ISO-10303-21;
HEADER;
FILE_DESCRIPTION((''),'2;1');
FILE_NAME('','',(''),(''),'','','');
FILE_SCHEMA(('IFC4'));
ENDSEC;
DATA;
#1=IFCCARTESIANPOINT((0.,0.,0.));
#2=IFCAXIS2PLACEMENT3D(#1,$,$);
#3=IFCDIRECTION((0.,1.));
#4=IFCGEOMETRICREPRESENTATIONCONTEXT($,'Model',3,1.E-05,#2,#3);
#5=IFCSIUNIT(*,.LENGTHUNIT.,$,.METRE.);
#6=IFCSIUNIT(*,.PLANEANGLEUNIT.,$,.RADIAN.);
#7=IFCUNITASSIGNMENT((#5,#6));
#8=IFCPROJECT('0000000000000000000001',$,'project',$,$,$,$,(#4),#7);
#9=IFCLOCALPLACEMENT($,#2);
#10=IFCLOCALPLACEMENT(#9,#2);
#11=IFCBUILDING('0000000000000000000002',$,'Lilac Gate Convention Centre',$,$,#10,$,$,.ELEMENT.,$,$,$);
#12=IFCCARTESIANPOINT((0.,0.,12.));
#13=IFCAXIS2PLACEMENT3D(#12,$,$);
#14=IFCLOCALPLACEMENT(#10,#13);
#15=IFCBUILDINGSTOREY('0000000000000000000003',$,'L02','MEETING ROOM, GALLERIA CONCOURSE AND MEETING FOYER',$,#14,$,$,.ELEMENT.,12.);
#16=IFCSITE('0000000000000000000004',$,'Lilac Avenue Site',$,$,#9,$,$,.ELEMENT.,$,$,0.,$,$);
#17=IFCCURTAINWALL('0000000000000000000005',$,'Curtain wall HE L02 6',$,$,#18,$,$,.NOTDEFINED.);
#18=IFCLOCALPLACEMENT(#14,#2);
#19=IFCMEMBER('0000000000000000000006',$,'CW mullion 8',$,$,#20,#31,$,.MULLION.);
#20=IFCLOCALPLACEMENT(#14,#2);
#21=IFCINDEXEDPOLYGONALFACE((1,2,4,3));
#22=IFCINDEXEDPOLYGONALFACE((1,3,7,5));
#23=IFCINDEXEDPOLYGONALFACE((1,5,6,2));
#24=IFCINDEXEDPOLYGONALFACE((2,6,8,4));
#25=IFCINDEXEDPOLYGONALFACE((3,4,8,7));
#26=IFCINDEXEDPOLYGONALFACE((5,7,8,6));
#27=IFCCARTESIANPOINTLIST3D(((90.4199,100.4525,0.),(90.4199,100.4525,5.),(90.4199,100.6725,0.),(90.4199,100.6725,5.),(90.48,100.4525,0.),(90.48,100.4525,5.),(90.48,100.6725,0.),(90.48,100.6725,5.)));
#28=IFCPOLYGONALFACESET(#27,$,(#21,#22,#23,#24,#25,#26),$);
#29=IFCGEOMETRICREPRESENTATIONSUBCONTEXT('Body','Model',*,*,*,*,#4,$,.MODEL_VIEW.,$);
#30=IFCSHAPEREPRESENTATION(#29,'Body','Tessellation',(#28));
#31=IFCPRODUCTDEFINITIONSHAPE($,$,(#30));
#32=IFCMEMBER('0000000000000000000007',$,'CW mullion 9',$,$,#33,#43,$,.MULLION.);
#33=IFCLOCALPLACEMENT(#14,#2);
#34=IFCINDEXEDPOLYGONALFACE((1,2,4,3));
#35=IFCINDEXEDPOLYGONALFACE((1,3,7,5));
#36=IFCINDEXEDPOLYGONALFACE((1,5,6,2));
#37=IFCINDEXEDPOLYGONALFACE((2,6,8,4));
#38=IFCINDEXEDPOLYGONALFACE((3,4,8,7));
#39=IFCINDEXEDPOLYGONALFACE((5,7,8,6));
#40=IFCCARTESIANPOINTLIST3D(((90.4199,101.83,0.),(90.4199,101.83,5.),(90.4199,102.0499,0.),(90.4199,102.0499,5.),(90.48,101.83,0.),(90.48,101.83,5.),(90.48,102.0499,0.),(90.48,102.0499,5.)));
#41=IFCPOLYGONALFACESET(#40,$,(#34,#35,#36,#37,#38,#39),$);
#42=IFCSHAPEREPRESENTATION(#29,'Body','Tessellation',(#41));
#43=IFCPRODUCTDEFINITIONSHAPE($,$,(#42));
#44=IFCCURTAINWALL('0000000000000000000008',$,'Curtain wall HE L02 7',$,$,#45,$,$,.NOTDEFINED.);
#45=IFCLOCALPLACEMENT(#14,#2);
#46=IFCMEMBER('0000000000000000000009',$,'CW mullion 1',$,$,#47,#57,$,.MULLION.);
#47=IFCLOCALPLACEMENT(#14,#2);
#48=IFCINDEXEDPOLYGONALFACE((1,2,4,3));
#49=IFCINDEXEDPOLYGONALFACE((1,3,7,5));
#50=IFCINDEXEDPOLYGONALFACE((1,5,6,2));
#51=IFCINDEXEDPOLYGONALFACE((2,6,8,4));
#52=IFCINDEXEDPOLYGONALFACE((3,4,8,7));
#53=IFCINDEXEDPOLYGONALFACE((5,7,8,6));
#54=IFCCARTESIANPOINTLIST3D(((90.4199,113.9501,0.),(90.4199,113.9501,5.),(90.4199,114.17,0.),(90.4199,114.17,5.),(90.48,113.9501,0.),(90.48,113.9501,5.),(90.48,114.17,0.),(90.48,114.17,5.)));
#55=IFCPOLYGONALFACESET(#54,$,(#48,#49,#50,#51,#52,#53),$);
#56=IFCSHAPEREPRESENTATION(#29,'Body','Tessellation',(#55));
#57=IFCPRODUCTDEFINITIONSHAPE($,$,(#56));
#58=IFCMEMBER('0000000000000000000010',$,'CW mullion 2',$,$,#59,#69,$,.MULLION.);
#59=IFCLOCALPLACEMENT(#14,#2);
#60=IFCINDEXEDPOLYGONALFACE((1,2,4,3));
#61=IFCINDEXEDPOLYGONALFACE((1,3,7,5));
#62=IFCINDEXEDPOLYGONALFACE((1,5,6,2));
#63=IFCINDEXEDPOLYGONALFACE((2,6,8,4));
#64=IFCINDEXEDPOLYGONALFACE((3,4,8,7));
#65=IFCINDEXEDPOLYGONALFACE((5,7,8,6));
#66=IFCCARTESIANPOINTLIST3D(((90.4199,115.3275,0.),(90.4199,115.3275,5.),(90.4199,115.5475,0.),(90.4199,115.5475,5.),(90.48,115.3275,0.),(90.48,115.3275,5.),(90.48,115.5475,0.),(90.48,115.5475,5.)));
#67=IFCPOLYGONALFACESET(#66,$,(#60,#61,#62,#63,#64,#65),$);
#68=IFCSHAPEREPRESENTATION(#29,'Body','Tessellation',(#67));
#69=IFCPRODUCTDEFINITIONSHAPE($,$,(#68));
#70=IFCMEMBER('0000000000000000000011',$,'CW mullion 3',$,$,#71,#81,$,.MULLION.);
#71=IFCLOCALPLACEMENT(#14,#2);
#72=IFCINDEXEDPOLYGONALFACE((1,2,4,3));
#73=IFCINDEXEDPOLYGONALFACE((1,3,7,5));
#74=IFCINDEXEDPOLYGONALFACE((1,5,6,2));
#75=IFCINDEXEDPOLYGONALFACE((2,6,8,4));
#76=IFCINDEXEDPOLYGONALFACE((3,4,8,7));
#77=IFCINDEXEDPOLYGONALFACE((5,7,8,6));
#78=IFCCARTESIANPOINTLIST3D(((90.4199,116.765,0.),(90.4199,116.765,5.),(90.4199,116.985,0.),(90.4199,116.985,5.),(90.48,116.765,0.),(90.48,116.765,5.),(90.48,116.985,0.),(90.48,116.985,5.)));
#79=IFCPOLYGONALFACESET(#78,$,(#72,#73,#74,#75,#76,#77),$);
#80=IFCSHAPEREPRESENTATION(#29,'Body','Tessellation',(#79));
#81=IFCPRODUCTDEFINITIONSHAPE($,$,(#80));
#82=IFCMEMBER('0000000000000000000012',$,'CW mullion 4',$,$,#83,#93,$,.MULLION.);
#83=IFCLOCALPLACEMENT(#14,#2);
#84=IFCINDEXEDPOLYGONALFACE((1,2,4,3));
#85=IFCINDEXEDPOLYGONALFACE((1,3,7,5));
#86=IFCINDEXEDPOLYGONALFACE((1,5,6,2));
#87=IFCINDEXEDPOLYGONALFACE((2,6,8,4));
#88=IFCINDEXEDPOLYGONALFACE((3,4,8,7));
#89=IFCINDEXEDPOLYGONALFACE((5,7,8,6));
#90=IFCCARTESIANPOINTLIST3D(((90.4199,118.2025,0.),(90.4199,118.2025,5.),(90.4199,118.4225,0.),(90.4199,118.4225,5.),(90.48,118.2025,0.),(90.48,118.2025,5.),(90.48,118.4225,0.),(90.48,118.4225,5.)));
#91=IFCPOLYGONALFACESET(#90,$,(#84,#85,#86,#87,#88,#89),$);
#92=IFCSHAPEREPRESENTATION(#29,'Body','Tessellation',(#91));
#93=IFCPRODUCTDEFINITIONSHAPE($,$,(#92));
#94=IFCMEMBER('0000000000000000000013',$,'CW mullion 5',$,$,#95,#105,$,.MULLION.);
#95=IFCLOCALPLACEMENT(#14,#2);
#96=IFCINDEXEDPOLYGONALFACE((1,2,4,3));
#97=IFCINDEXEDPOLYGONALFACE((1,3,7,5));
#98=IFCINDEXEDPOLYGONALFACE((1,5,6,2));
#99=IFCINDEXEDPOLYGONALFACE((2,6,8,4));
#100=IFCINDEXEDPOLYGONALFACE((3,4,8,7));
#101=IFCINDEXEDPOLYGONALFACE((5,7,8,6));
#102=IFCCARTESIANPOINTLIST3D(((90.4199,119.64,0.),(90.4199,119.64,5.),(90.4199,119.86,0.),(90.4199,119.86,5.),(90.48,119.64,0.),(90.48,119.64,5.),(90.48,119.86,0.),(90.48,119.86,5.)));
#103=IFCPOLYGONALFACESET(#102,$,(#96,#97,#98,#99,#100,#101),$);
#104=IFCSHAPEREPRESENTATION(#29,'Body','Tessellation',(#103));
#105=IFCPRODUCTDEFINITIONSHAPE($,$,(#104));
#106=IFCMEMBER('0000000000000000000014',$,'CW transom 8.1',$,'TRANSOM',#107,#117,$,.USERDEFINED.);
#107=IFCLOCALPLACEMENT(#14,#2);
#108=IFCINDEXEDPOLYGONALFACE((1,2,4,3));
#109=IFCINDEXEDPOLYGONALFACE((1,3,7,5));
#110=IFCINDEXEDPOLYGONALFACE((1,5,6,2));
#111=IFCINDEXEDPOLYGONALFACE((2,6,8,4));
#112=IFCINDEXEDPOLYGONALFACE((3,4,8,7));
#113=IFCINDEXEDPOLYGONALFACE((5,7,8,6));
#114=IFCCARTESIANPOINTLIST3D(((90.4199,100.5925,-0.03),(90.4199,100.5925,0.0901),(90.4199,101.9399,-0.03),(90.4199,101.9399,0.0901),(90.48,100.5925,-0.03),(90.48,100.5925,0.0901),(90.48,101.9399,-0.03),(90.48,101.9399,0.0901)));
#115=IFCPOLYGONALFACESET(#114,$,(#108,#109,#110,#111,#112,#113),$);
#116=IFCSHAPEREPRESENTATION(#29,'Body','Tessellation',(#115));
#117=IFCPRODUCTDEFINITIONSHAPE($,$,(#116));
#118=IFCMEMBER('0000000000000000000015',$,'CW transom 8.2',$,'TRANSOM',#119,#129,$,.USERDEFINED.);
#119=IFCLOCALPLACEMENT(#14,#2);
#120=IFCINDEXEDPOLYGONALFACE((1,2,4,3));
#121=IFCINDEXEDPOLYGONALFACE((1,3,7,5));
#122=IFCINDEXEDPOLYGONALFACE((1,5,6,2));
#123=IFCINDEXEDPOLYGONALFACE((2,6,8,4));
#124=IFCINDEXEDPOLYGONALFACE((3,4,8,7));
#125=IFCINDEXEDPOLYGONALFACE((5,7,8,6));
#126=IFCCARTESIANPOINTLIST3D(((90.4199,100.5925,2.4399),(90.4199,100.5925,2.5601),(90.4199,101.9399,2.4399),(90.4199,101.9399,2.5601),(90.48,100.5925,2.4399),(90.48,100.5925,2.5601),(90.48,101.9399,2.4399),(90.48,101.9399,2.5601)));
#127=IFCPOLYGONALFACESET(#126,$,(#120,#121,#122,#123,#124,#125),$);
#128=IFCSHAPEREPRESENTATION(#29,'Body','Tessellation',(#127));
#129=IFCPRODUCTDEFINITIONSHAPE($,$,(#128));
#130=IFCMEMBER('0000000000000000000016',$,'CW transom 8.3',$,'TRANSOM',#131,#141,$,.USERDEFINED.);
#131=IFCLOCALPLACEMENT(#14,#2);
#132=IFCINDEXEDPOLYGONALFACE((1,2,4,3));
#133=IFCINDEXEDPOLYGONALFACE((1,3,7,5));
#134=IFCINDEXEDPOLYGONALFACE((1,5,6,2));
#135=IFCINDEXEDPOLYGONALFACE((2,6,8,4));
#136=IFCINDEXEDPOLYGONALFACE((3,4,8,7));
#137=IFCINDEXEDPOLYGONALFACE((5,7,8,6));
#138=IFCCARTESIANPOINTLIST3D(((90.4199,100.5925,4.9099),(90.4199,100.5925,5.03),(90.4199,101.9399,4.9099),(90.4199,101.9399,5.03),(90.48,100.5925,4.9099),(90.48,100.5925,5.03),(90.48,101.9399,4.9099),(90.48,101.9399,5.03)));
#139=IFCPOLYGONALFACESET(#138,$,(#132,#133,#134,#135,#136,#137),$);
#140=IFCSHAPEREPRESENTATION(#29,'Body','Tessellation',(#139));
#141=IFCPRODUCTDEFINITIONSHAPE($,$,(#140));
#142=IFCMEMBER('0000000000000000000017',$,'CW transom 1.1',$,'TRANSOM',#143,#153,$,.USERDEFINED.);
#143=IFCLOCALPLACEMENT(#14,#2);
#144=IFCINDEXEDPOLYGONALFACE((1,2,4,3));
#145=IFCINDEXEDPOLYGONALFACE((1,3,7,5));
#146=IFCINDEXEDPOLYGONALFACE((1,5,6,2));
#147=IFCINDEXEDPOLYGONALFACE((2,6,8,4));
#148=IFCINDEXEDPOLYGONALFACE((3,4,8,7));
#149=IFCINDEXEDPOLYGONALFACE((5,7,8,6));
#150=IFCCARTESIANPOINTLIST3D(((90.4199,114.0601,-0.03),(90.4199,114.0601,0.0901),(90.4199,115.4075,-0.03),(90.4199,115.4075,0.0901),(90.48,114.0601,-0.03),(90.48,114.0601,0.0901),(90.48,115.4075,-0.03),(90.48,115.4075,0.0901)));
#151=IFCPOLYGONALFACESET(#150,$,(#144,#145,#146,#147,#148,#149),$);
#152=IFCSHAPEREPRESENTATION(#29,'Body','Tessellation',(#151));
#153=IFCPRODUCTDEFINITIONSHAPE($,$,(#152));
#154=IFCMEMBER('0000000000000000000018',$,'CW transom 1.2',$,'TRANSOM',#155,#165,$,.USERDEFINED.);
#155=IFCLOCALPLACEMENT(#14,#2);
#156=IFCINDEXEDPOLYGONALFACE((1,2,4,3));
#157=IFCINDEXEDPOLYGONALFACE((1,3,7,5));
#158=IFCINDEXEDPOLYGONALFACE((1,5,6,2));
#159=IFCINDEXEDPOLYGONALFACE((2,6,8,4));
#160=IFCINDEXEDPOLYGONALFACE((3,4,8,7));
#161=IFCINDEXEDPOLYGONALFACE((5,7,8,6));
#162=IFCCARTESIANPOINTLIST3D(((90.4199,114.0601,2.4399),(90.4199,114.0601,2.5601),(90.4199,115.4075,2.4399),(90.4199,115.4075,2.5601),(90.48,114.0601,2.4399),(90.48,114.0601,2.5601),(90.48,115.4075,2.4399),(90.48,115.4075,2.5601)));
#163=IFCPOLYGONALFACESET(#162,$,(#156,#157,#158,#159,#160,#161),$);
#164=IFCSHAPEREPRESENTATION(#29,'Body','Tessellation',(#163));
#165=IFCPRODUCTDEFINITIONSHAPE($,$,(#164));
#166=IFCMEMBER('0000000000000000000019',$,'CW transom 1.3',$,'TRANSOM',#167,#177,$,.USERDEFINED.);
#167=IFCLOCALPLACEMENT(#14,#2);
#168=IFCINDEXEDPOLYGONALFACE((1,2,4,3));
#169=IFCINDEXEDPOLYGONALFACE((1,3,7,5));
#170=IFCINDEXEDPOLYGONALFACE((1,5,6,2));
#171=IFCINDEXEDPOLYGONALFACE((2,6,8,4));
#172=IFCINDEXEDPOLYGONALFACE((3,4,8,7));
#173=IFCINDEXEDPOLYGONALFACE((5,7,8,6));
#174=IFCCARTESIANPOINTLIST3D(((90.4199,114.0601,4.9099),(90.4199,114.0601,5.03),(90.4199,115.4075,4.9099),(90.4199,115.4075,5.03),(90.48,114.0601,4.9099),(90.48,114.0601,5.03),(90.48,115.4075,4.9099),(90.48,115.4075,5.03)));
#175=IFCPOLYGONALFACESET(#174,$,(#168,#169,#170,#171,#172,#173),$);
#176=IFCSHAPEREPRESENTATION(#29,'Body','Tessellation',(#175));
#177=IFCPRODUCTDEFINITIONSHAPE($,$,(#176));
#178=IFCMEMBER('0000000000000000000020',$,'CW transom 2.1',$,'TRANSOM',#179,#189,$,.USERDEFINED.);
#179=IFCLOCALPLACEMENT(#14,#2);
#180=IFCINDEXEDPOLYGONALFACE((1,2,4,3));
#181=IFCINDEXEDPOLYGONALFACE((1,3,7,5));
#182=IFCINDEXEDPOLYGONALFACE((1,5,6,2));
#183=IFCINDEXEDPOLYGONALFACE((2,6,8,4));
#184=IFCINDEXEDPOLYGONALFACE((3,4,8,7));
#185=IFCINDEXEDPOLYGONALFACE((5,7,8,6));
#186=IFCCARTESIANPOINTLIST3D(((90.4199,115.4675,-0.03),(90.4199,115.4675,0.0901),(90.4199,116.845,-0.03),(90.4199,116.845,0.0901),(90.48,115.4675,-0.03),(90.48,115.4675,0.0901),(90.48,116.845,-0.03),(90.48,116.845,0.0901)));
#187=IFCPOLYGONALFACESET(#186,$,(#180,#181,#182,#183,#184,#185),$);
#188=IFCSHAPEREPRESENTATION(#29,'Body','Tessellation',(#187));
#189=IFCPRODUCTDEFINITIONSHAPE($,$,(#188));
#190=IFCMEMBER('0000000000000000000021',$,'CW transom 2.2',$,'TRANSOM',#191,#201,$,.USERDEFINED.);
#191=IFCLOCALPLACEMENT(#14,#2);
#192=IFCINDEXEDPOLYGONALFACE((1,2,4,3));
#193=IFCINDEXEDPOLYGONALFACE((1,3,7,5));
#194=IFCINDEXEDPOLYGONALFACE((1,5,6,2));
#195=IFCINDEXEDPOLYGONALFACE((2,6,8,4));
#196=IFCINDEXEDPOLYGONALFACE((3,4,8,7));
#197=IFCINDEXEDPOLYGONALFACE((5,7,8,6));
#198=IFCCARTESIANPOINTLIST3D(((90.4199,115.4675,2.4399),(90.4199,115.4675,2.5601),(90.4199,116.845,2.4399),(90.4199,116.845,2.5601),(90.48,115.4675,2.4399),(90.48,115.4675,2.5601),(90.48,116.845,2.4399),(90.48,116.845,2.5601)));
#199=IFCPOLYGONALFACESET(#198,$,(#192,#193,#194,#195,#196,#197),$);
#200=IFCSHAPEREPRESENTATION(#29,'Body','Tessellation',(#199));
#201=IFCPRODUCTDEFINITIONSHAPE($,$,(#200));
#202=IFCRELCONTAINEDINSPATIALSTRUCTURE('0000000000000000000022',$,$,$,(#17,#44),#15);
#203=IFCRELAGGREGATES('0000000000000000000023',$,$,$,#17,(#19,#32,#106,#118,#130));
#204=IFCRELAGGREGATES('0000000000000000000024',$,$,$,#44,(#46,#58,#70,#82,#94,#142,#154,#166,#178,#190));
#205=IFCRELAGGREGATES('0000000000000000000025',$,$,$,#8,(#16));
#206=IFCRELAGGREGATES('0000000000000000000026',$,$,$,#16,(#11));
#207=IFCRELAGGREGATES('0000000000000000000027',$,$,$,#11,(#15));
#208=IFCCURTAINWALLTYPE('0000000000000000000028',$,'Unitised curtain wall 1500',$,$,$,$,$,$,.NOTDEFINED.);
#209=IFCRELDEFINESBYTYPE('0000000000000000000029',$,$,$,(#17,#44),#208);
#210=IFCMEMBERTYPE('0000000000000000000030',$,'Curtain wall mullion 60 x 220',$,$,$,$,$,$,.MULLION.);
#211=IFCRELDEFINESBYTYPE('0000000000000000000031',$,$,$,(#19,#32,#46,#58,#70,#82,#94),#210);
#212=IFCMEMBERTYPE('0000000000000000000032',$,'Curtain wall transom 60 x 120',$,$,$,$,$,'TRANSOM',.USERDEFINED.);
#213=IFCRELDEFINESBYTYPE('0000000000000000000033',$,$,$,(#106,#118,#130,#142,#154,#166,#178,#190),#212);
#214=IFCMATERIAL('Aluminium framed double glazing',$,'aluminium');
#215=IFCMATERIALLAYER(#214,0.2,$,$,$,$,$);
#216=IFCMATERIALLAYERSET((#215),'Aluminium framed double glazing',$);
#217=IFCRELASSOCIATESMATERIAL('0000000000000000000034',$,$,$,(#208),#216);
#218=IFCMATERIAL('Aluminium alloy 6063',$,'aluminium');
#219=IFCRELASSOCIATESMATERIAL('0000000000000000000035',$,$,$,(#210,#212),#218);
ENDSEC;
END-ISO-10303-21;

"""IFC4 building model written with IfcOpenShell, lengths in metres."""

from ifc_helpers import new_model, si_unit, direction, frame, origin, origin_2d, place, context, subcontext, project, spatial, rectangle, extrude, material, layer, layer_set, material_profile, profile_set, type_object, element, aggregate, save


model = new_model("IFC4")

# Units and contexts
model_context = context("Model", 3, precision=1e-05, world=origin(), true_north=direction((0.0, 1.0)))
body_context = subcontext(model_context, "Body", "Model", "MODEL_VIEW")
ifc_project = project(units=[si_unit("LENGTHUNIT", "METRE"), si_unit("PLANEANGLEUNIT", "RADIAN")], contexts=[model_context])

# Site, building, storey
site_placement = place(None, origin())
site = spatial("IfcSite", under=ifc_project, at=site_placement, Name="Lilac Avenue Site", CompositionType="ELEMENT", RefElevation=0.0)
building_placement = place(site_placement, origin())
building = spatial("IfcBuilding", under=site, at=building_placement, Name="Lilac Gate Convention Centre", CompositionType="ELEMENT")
storey_placement = place(building_placement, frame((0.0, 0.0, 12.0)))
storey = spatial("IfcBuildingStorey", under=building, at=storey_placement, Name="L02", Description="MEETING ROOM, GALLERIA CONCOURSE AND MEETING FOYER", CompositionType="ELEMENT", Elevation=12.0)

# Curtain walls, members
ifc_material_1 = material(Name="Aluminium framed double glazing", Category="aluminium")
ifc_layer_1 = layer(ifc_material_1, 0.2)
ifc_layer_set_1 = layer_set([ifc_layer_1], Name="Aluminium framed double glazing")
curtain_wall_type = type_object("IfcCurtainWallType", Name="Unitised curtain wall 1500", PredefinedType="NOTDEFINED", material=ifc_layer_set_1)
curtain_wall_1_placement = place(storey_placement, origin())
curtain_wall_1 = element("IfcCurtainWall", 1, at=curtain_wall_1_placement, inside=storey, type_object=curtain_wall_type, Name="Curtain wall HE L02 6", PredefinedType="NOTDEFINED")
ifc_material_2 = material(Name="Aluminium alloy 6063", Category="aluminium")
ifc_material_profile_1 = material_profile(ifc_material_2, rectangle(XDim=0.0601, YDim=0.22, at=origin_2d()), Name="Curtain wall mullion 60 x 220")
ifc_profile_set_1 = profile_set([ifc_material_profile_1], Name="Aluminium alloy 6063")
member_type_1 = type_object("IfcMemberType", Name="Curtain wall mullion 60 x 220", PredefinedType="MULLION", material=ifc_profile_set_1)
member_1_placement = place(storey_placement, frame((90.45, 100.5625, 0.0), z_axis=(0.0, 0.0, 1.0), x_axis=(-1.0, 0.0, 0.0)))
member_1 = element("IfcMember", 2, at=member_1_placement, type_object=member_type_1, Name="CW mullion 8", PredefinedType="MULLION", context=body_context, shape_type="SweptSolid", body=[
    extrude(rectangle(XDim=0.0601, YDim=0.22, at=origin_2d()), origin(), (0.0, 0.0, 1.0), 5.0),
])
member_2_placement = place(storey_placement, frame((90.45, 101.9399, 0.0), z_axis=(0.0, 0.0, 1.0), x_axis=(-1.0, 0.0, 0.0)))
member_2 = element("IfcMember", 3, at=member_2_placement, type_object=member_type_1, Name="CW mullion 9", PredefinedType="MULLION", context=body_context, shape_type="SweptSolid", body=[
    extrude(rectangle(XDim=0.0601, YDim=0.22, at=origin_2d()), origin(), (0.0, 0.0, 1.0), 5.0),
])
curtain_wall_2_placement = place(storey_placement, origin())
curtain_wall_2 = element("IfcCurtainWall", 4, at=curtain_wall_2_placement, inside=storey, type_object=curtain_wall_type, Name="Curtain wall HE L02 7", PredefinedType="NOTDEFINED")
member_3_placement = place(storey_placement, frame((90.45, 114.0601, 0.0), z_axis=(0.0, 0.0, 1.0), x_axis=(-1.0, 0.0, 0.0)))
member_3 = element("IfcMember", 5, at=member_3_placement, type_object=member_type_1, Name="CW mullion 1", PredefinedType="MULLION", context=body_context, shape_type="SweptSolid", body=[
    extrude(rectangle(XDim=0.0601, YDim=0.22, at=origin_2d()), origin(), (0.0, 0.0, 1.0), 5.0),
])
member_4_placement = place(storey_placement, frame((90.45, 115.4375, 0.0), z_axis=(0.0, 0.0, 1.0), x_axis=(-1.0, 0.0, 0.0)))
member_4 = element("IfcMember", 6, at=member_4_placement, type_object=member_type_1, Name="CW mullion 2", PredefinedType="MULLION", context=body_context, shape_type="SweptSolid", body=[
    extrude(rectangle(XDim=0.0601, YDim=0.22, at=origin_2d()), origin(), (0.0, 0.0, 1.0), 5.0),
])
member_5_placement = place(storey_placement, frame((90.45, 116.875, 0.0), z_axis=(0.0, 0.0, 1.0), x_axis=(-1.0, 0.0, 0.0)))
member_5 = element("IfcMember", 7, at=member_5_placement, type_object=member_type_1, Name="CW mullion 3", PredefinedType="MULLION", context=body_context, shape_type="SweptSolid", body=[
    extrude(rectangle(XDim=0.0601, YDim=0.22, at=origin_2d()), origin(), (0.0, 0.0, 1.0), 5.0),
])
member_6_placement = place(storey_placement, frame((90.45, 118.3125, 0.0), z_axis=(0.0, 0.0, 1.0), x_axis=(-1.0, 0.0, 0.0)))
member_6 = element("IfcMember", 8, at=member_6_placement, type_object=member_type_1, Name="CW mullion 4", PredefinedType="MULLION", context=body_context, shape_type="SweptSolid", body=[
    extrude(rectangle(XDim=0.0601, YDim=0.22, at=origin_2d()), origin(), (0.0, 0.0, 1.0), 5.0),
])
member_7_placement = place(storey_placement, frame((90.45, 119.75, 0.0), z_axis=(0.0, 0.0, 1.0), x_axis=(-1.0, 0.0, 0.0)))
member_7 = element("IfcMember", 9, at=member_7_placement, type_object=member_type_1, Name="CW mullion 5", PredefinedType="MULLION", context=body_context, shape_type="SweptSolid", body=[
    extrude(rectangle(XDim=0.0601, YDim=0.22, at=origin_2d()), origin(), (0.0, 0.0, 1.0), 5.0),
])

# Members
ifc_material_profile_2 = material_profile(ifc_material_2, rectangle(XDim=0.0601, YDim=0.1201, at=origin_2d()), Name="Curtain wall transom 60 x 120")
ifc_profile_set_2 = profile_set([ifc_material_profile_2], Name="Aluminium alloy 6063")
member_type_2 = type_object("IfcMemberType", Name="Curtain wall transom 60 x 120", ElementType="TRANSOM", PredefinedType="USERDEFINED", material=ifc_profile_set_2)
member_8_placement = place(storey_placement, frame((90.45, 100.5925, 0.03), z_axis=(0.0, 1.0, 0.0), x_axis=(-1.0, 0.0, 0.0)))
member_8 = element("IfcMember", 10, at=member_8_placement, type_object=member_type_2, Name="CW transom 8.1", ObjectType="TRANSOM", PredefinedType="USERDEFINED", context=body_context, shape_type="SweptSolid", body=[
    extrude(rectangle(XDim=0.0601, YDim=0.1201, at=origin_2d()), origin(), (0.0, 0.0, 1.0), 1.3474),
])
member_9_placement = place(storey_placement, frame((90.45, 100.5925, 2.5), z_axis=(0.0, 1.0, 0.0), x_axis=(-1.0, 0.0, 0.0)))
member_9 = element("IfcMember", 11, at=member_9_placement, type_object=member_type_2, Name="CW transom 8.2", ObjectType="TRANSOM", PredefinedType="USERDEFINED", context=body_context, shape_type="SweptSolid", body=[
    extrude(rectangle(XDim=0.0601, YDim=0.1201, at=origin_2d()), origin(), (0.0, 0.0, 1.0), 1.3474),
])
member_10_placement = place(storey_placement, frame((90.45, 100.5925, 4.97), z_axis=(0.0, 1.0, 0.0), x_axis=(-1.0, 0.0, 0.0)))
member_10 = element("IfcMember", 12, at=member_10_placement, type_object=member_type_2, Name="CW transom 8.3", ObjectType="TRANSOM", PredefinedType="USERDEFINED", context=body_context, shape_type="SweptSolid", body=[
    extrude(rectangle(XDim=0.0601, YDim=0.1201, at=origin_2d()), origin(), (0.0, 0.0, 1.0), 1.3474),
])
member_11_placement = place(storey_placement, frame((90.45, 114.0601, 0.03), z_axis=(0.0, 1.0, 0.0), x_axis=(-1.0, 0.0, 0.0)))
member_11 = element("IfcMember", 13, at=member_11_placement, type_object=member_type_2, Name="CW transom 1.1", ObjectType="TRANSOM", PredefinedType="USERDEFINED", context=body_context, shape_type="SweptSolid", body=[
    extrude(rectangle(XDim=0.0601, YDim=0.1201, at=origin_2d()), origin(), (0.0, 0.0, 1.0), 1.3474),
])
member_12_placement = place(storey_placement, frame((90.45, 114.0601, 2.5), z_axis=(0.0, 1.0, 0.0), x_axis=(-1.0, 0.0, 0.0)))
member_12 = element("IfcMember", 14, at=member_12_placement, type_object=member_type_2, Name="CW transom 1.2", ObjectType="TRANSOM", PredefinedType="USERDEFINED", context=body_context, shape_type="SweptSolid", body=[
    extrude(rectangle(XDim=0.0601, YDim=0.1201, at=origin_2d()), origin(), (0.0, 0.0, 1.0), 1.3474),
])
member_13_placement = place(storey_placement, frame((90.45, 114.0601, 4.97), z_axis=(0.0, 1.0, 0.0), x_axis=(-1.0, 0.0, 0.0)))
member_13 = element("IfcMember", 15, at=member_13_placement, type_object=member_type_2, Name="CW transom 1.3", ObjectType="TRANSOM", PredefinedType="USERDEFINED", context=body_context, shape_type="SweptSolid", body=[
    extrude(rectangle(XDim=0.0601, YDim=0.1201, at=origin_2d()), origin(), (0.0, 0.0, 1.0), 1.3474),
])
member_14_placement = place(storey_placement, frame((90.45, 115.4675, 0.03), z_axis=(0.0, 1.0, 0.0), x_axis=(-1.0, 0.0, 0.0)))
member_14 = element("IfcMember", 16, at=member_14_placement, type_object=member_type_2, Name="CW transom 2.1", ObjectType="TRANSOM", PredefinedType="USERDEFINED", context=body_context, shape_type="SweptSolid", body=[
    extrude(rectangle(XDim=0.0601, YDim=0.1201, at=origin_2d()), origin(), (0.0, 0.0, 1.0), 1.3774),
])
member_15_placement = place(storey_placement, frame((90.45, 115.4675, 2.5), z_axis=(0.0, 1.0, 0.0), x_axis=(-1.0, 0.0, 0.0)))
member_15 = element("IfcMember", 17, at=member_15_placement, type_object=member_type_2, Name="CW transom 2.2", ObjectType="TRANSOM", PredefinedType="USERDEFINED", context=body_context, shape_type="SweptSolid", body=[
    extrude(rectangle(XDim=0.0601, YDim=0.1201, at=origin_2d()), origin(), (0.0, 0.0, 1.0), 1.3774),
])

aggregate(curtain_wall_1, [member_1, member_2, member_8, member_9, member_10])
aggregate(curtain_wall_2, [member_3, member_4, member_5, member_6, member_7, member_11, member_12, member_13, member_14, member_15])

save(model, "model.ifc")
